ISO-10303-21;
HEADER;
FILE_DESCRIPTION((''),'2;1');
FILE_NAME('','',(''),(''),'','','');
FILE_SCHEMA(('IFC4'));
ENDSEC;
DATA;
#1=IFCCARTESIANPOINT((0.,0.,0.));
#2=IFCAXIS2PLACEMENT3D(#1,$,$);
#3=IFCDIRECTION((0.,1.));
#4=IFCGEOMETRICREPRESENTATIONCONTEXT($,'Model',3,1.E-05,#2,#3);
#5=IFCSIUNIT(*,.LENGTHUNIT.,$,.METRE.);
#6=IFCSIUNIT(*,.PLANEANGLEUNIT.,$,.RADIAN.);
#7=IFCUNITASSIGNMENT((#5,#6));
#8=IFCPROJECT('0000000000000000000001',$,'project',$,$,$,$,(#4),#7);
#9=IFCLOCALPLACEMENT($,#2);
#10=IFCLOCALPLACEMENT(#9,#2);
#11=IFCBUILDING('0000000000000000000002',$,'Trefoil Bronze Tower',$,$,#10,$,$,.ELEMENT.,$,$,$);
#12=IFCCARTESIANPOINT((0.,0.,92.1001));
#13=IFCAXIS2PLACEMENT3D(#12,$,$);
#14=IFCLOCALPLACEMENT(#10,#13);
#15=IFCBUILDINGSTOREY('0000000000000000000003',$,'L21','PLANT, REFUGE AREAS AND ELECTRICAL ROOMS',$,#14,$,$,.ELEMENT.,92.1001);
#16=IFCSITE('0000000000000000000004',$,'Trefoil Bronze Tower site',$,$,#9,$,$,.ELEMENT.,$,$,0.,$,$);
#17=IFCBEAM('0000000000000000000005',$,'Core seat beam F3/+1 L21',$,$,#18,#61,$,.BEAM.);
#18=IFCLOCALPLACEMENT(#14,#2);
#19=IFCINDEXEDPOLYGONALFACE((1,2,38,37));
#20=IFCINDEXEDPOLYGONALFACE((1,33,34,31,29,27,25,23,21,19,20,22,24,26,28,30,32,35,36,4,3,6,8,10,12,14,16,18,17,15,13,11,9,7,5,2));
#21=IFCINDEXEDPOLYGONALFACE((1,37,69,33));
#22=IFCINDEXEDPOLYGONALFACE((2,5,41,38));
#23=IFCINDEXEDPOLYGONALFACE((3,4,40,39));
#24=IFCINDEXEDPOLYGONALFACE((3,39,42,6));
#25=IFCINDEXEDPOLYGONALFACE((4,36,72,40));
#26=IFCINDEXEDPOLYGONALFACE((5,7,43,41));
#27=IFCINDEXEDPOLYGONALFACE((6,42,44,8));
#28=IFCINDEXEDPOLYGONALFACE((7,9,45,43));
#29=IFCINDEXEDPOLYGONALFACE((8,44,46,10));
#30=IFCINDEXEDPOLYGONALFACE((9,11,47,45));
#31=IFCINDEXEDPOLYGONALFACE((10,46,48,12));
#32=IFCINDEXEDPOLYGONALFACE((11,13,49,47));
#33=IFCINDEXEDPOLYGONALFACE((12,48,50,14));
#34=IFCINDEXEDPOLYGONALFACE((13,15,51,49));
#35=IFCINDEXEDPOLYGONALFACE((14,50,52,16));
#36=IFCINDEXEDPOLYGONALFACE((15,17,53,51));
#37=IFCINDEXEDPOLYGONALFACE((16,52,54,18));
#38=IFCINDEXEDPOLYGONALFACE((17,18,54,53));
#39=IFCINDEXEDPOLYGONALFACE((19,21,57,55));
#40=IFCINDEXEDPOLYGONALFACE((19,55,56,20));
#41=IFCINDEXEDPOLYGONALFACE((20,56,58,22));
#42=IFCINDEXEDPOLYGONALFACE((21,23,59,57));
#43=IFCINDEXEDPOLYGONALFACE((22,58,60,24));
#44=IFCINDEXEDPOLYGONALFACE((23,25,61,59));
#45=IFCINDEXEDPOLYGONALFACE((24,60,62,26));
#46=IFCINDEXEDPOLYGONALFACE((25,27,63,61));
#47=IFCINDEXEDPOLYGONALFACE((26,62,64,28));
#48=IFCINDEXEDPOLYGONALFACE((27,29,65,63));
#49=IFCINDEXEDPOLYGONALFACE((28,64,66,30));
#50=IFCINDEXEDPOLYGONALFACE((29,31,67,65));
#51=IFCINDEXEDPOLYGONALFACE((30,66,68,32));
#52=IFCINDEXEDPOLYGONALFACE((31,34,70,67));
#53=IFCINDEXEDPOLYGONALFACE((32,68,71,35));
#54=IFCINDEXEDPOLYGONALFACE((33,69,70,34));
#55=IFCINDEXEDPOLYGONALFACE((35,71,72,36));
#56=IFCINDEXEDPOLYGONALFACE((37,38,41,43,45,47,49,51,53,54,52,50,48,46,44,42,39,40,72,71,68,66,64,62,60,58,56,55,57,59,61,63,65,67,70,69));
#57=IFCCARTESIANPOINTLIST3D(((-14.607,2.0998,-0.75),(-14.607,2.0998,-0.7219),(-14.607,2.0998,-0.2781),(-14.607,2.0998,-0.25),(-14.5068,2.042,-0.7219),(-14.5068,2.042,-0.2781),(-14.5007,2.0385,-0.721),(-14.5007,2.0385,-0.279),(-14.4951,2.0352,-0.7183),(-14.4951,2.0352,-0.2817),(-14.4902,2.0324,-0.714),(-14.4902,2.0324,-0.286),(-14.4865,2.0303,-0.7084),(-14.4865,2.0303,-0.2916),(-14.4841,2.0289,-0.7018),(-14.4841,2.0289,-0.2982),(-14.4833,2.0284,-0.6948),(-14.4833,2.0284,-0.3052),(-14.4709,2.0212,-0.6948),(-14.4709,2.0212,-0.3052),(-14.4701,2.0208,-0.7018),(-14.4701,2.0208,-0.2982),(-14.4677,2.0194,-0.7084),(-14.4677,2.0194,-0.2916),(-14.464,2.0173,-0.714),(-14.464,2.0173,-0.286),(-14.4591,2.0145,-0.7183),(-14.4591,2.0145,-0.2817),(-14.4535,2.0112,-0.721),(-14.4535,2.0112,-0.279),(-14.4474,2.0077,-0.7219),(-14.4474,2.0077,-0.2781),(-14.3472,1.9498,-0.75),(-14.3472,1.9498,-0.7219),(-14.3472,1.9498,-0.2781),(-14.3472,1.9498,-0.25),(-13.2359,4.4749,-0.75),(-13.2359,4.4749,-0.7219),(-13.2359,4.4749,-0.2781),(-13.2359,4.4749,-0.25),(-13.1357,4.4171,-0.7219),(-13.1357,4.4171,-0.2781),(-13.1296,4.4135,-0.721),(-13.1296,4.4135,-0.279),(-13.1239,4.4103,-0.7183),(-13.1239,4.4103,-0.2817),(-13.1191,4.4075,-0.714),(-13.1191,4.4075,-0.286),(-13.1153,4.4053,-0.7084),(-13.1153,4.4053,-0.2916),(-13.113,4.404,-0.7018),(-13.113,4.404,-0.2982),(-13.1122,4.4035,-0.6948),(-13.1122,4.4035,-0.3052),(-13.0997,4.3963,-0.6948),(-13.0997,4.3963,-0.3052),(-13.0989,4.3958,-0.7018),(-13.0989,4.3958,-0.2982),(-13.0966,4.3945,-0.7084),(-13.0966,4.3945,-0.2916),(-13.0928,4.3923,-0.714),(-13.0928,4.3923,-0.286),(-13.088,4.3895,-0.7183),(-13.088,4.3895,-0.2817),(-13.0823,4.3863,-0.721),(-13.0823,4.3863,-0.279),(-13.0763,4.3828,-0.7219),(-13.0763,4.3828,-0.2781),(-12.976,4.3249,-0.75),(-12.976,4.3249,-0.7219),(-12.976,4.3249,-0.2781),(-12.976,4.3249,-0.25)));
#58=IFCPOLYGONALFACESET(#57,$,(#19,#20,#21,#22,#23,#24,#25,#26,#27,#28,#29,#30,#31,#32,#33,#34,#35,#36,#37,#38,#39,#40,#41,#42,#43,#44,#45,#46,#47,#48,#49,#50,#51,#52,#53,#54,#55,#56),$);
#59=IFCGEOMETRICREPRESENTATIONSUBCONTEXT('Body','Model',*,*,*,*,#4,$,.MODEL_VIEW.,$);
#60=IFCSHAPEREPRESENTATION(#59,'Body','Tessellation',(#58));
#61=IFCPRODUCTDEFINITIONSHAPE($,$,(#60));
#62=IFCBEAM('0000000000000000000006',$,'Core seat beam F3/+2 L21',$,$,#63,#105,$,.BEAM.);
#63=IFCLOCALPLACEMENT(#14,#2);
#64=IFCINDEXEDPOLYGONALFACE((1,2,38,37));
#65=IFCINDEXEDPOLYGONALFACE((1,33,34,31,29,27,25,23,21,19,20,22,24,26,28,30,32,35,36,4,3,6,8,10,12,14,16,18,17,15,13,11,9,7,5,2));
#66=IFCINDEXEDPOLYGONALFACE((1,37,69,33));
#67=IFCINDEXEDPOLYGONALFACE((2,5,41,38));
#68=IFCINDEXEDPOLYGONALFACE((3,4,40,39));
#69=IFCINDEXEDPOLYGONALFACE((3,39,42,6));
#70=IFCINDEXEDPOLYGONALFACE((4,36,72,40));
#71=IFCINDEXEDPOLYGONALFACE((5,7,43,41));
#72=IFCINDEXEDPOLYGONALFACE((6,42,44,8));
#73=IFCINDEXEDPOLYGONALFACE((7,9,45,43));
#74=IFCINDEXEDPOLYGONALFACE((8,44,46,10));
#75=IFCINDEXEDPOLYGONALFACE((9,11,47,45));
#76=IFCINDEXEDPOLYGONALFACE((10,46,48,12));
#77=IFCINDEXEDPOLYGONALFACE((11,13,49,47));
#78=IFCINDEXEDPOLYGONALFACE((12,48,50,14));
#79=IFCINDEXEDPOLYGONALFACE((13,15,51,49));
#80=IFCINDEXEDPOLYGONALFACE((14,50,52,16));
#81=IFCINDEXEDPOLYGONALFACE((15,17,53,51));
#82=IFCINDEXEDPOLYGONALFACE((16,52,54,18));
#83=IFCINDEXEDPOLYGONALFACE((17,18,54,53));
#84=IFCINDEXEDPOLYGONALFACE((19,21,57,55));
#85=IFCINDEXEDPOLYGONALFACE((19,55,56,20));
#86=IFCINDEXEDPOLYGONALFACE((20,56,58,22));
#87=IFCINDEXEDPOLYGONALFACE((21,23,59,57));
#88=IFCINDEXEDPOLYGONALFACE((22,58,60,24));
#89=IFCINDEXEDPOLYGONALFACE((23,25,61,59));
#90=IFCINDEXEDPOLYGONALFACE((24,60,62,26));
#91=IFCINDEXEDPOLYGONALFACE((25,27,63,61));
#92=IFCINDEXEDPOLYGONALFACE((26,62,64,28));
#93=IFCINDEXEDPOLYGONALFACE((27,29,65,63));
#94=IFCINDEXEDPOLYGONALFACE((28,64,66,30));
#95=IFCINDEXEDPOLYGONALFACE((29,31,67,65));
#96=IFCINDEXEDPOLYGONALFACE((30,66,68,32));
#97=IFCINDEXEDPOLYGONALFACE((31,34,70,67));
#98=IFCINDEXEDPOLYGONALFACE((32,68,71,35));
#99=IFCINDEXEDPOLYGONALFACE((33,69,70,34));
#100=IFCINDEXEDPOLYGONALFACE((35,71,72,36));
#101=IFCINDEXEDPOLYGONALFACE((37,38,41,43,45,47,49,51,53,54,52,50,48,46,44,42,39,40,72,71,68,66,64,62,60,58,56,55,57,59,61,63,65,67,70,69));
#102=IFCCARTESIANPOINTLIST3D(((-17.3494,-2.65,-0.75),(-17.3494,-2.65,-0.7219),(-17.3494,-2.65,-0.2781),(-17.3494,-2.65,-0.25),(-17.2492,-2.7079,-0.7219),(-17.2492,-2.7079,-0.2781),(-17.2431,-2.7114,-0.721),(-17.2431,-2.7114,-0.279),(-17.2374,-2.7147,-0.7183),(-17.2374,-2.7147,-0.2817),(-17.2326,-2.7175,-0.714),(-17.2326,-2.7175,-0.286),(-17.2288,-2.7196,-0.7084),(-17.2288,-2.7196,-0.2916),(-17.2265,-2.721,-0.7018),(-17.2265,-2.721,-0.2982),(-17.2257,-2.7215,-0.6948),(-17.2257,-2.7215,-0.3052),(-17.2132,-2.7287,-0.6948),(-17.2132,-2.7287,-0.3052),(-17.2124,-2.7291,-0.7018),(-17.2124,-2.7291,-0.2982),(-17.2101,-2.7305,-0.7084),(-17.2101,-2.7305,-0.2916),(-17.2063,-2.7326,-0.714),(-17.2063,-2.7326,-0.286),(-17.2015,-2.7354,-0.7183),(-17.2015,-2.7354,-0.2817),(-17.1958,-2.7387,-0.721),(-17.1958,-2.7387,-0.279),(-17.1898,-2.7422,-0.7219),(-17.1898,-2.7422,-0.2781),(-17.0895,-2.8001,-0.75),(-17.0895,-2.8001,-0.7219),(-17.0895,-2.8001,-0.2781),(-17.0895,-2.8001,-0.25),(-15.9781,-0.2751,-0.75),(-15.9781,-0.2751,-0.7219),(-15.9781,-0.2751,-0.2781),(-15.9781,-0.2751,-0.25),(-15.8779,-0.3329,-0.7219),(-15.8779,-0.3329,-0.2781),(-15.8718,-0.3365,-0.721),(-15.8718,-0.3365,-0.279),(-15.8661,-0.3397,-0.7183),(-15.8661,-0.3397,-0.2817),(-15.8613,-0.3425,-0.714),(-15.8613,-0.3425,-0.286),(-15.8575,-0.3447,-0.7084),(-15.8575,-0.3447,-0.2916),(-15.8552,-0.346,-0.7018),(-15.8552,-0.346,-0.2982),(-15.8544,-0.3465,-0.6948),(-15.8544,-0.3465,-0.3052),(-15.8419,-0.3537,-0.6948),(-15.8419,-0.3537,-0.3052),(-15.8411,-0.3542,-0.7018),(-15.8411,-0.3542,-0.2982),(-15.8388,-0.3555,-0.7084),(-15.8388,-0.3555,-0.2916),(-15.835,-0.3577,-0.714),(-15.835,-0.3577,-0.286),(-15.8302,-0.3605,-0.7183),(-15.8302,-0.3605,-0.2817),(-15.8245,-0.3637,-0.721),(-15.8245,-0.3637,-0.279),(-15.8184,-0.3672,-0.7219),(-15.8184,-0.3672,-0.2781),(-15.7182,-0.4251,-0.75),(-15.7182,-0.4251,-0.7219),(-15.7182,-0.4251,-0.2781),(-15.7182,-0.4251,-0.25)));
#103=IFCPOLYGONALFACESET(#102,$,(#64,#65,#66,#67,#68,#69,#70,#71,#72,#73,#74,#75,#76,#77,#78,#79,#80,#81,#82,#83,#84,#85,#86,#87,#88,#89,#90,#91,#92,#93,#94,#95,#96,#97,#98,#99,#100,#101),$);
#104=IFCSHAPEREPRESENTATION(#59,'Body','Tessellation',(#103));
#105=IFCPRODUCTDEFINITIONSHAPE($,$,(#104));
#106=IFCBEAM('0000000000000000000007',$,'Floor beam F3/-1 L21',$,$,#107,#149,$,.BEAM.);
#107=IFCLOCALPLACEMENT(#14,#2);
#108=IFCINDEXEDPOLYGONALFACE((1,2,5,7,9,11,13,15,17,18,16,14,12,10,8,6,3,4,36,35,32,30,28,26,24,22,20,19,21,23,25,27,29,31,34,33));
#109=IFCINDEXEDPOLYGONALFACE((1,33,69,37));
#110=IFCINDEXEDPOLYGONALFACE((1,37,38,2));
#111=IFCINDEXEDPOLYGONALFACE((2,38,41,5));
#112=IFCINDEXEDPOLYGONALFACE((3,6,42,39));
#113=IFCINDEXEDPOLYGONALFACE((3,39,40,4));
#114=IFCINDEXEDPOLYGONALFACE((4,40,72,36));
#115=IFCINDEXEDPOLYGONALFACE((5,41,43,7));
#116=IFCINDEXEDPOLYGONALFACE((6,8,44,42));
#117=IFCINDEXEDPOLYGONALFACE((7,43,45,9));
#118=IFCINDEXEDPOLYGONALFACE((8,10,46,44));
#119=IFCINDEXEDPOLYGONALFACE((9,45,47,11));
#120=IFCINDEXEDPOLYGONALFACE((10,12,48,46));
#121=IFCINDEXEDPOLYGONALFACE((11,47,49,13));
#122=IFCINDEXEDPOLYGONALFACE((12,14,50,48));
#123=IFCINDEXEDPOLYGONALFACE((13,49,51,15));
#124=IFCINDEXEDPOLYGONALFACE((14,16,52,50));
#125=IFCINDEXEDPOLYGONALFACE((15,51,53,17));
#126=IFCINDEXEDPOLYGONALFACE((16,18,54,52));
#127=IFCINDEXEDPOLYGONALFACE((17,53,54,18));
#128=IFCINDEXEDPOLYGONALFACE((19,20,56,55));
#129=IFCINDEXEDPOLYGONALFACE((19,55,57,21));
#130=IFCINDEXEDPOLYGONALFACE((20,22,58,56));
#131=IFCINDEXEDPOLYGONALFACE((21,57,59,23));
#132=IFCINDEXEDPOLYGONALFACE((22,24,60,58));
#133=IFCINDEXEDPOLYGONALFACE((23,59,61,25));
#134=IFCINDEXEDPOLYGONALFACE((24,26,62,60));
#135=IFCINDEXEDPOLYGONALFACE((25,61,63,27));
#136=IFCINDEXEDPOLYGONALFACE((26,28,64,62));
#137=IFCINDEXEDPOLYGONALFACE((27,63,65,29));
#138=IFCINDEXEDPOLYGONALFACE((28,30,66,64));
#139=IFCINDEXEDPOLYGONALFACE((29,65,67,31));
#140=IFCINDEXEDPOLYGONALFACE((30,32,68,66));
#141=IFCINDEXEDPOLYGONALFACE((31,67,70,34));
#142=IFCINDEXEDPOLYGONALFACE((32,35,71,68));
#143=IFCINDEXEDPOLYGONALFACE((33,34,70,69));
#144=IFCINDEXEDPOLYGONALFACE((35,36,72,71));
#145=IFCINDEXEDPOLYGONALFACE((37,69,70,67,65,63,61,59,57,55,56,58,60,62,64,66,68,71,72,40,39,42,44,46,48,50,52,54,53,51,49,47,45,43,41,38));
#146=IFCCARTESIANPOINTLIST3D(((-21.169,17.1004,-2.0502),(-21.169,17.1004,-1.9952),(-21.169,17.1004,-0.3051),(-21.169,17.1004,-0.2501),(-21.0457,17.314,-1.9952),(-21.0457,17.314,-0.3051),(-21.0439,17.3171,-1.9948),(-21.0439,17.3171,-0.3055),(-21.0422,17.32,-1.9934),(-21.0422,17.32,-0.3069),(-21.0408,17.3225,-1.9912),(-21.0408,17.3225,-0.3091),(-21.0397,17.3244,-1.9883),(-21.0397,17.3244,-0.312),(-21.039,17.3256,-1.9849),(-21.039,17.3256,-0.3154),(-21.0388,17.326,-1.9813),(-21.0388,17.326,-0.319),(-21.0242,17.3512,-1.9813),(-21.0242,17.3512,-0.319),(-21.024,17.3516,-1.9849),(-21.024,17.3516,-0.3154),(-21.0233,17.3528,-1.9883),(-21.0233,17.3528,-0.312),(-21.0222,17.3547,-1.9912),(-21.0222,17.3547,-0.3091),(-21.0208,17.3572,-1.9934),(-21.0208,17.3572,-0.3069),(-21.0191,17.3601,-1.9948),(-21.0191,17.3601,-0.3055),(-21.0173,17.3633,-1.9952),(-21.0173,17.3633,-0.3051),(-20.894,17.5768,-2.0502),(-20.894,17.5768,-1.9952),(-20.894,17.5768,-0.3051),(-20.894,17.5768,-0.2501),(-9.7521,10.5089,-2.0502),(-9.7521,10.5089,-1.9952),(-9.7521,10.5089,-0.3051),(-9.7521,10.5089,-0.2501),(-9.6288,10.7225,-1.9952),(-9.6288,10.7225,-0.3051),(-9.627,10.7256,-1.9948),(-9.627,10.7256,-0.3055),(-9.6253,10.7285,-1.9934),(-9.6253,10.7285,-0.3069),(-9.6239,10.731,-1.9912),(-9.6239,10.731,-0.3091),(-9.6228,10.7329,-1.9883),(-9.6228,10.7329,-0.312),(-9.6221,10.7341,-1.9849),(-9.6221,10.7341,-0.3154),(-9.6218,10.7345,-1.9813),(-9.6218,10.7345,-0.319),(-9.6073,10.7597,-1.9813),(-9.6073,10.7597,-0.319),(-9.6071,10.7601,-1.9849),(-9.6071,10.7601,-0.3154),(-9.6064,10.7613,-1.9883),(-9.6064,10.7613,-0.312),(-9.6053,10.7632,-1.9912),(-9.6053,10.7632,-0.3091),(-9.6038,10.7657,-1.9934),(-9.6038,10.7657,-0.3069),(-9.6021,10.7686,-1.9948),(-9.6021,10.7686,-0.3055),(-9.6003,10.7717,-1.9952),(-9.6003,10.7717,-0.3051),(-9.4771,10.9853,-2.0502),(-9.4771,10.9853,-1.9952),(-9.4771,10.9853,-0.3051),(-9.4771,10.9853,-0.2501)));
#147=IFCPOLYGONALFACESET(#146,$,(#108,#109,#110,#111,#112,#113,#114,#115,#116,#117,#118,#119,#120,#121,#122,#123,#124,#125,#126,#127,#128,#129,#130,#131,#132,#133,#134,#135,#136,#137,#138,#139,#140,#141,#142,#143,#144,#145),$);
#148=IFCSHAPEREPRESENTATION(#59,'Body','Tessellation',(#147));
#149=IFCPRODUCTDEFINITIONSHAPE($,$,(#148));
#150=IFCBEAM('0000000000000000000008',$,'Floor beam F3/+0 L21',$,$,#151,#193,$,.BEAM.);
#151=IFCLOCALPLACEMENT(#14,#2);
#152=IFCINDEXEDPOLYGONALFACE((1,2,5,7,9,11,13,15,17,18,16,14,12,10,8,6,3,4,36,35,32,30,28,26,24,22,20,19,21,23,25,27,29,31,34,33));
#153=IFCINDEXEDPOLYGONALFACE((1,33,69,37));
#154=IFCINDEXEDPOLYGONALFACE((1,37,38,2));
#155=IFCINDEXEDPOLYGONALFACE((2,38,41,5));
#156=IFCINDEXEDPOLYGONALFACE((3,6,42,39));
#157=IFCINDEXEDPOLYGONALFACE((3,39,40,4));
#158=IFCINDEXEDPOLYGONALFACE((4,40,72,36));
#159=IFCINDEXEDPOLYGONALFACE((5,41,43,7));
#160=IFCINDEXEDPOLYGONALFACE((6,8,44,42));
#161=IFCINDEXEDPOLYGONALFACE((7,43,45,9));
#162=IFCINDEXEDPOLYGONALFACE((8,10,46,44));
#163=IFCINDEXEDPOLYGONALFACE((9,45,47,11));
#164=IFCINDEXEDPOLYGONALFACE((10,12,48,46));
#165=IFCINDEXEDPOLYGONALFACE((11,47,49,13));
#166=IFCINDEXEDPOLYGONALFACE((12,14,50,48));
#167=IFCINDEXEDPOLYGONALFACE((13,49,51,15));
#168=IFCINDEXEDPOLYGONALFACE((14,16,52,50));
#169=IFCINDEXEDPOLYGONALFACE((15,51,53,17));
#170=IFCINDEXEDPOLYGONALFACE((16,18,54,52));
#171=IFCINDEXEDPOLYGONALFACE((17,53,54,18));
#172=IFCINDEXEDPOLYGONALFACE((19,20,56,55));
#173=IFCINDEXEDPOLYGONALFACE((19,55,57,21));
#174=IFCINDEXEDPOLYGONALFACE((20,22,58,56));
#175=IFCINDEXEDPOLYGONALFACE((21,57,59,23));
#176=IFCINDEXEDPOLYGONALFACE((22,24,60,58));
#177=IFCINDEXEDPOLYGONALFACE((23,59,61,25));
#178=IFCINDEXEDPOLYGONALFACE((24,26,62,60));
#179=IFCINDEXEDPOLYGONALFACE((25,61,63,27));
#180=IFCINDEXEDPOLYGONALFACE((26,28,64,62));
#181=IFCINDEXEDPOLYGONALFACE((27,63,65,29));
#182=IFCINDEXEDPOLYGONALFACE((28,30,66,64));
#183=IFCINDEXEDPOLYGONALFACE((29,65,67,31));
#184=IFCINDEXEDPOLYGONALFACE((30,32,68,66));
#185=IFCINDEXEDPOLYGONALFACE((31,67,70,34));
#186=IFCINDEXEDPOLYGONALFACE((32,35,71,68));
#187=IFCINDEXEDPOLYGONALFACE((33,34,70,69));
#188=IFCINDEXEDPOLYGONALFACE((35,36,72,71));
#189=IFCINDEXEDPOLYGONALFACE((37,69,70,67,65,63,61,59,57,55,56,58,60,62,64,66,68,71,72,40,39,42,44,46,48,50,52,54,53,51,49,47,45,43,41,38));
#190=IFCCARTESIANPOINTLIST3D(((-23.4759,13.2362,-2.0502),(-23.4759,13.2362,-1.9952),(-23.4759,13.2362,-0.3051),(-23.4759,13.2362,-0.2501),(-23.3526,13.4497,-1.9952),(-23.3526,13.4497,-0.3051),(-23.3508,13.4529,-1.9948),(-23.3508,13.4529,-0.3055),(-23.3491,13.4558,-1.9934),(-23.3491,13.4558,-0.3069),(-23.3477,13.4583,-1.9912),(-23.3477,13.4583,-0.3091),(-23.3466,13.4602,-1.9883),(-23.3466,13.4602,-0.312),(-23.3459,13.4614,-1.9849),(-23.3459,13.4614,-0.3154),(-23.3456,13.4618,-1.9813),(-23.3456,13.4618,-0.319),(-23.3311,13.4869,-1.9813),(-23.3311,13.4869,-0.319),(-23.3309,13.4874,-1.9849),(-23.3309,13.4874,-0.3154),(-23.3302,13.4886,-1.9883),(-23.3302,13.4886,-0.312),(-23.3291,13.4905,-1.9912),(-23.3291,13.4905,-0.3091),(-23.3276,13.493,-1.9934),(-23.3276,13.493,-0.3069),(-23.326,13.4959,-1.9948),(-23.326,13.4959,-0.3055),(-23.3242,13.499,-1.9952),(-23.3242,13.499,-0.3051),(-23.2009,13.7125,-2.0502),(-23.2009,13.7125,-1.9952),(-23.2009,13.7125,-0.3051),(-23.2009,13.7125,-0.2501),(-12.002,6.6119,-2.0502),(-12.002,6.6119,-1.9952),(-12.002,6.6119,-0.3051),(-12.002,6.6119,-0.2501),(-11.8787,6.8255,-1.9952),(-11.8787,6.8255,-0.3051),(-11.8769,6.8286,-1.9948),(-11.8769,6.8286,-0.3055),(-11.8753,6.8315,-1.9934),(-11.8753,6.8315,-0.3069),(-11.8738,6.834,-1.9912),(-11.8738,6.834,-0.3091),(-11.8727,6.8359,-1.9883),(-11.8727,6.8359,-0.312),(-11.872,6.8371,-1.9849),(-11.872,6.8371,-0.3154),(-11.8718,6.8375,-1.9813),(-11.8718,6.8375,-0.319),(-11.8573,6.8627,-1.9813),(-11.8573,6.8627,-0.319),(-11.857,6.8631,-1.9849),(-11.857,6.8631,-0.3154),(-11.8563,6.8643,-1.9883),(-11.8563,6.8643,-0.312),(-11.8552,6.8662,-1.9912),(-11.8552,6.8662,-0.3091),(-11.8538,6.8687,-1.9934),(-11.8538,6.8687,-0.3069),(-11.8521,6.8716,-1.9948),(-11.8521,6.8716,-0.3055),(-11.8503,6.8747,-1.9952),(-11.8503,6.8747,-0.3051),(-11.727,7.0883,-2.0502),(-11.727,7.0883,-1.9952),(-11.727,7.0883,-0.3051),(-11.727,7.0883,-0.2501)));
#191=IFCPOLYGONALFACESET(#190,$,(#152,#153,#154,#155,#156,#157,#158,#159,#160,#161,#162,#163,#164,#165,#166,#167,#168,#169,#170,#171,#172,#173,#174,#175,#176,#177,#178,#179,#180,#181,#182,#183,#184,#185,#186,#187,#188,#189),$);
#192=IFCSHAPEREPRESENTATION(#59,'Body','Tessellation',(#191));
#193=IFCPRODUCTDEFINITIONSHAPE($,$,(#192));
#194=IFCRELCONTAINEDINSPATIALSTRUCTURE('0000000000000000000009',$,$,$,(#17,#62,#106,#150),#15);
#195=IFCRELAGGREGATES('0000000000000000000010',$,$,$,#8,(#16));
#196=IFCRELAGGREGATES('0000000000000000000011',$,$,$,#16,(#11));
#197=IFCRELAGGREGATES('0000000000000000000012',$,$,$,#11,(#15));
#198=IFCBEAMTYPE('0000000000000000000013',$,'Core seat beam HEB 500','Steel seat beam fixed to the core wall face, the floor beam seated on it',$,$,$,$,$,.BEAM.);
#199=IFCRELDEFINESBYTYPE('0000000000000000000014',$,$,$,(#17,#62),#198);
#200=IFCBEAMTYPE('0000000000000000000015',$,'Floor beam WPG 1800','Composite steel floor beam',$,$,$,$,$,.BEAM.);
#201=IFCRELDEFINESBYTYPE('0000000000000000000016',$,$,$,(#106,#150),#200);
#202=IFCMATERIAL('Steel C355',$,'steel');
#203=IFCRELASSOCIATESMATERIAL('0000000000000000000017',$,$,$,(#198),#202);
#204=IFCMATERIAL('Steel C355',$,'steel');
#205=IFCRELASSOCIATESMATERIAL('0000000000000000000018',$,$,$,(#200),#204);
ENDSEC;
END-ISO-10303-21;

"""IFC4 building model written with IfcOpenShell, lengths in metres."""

from ifc_helpers import new_model, si_unit, direction, frame, origin, origin_2d, place, context, subcontext, project, spatial, i_section, extrude, material, material_profile, profile_set, type_object, element, save


model = new_model("IFC4")

# Units and contexts
model_context = context("Model", 3, precision=1e-05, world=origin(), true_north=direction((0.0, 1.0)))
body_context = subcontext(model_context, "Body", "Model", "MODEL_VIEW")
ifc_project = project(units=[si_unit("LENGTHUNIT", "METRE"), si_unit("PLANEANGLEUNIT", "RADIAN")], contexts=[model_context])

# Site, building, storey
site_placement = place(None, origin())
site = spatial("IfcSite", under=ifc_project, at=site_placement, Name="Trefoil Bronze Tower site", CompositionType="ELEMENT", RefElevation=0.0)
building_placement = place(site_placement, origin())
building = spatial("IfcBuilding", under=site, at=building_placement, Name="Trefoil Bronze Tower", CompositionType="ELEMENT")
storey_placement = place(building_placement, frame((0.0, 0.0, 92.1001)))
storey = spatial("IfcBuildingStorey", under=building, at=storey_placement, Name="L21", Description="PLANT, REFUGE AREAS AND ELECTRICAL ROOMS", CompositionType="ELEMENT", Elevation=92.1001)

# Beams
ifc_material_1 = material(Name="Steel C355", Category="steel")
ifc_material_profile_1 = material_profile(ifc_material_1, i_section(OverallWidth=0.3, OverallDepth=0.5, WebThickness=0.0144, FlangeThickness=0.0281, FilletRadius=0.0271, at=origin_2d()), Name="HEB 500")
ifc_profile_set_1 = profile_set([ifc_material_profile_1], Name="Steel C355")
beam_type_1 = type_object("IfcBeamType", Name="Core seat beam HEB 500", Description="Steel seat beam fixed to the core wall face, the floor beam seated on it", PredefinedType="BEAM", material=ifc_profile_set_1)
for number, where, z_axis, x_axis, name in (
    (1, (-13.106, 4.3999, -0.5), (-0.499969, -0.866043, 0.0), (0.866043, -0.499969, 0.0), "Core seat beam F3/+1 L21"),
    (2, (-15.8481, -0.3501, -0.5), (-0.500036, -0.866005, 0.0), (0.866005, -0.500036, 0.0), "Core seat beam F3/+2 L21"),
):
    element("IfcBeam", number, at=place(storey_placement, frame(where, z_axis=z_axis, x_axis=x_axis)), inside=storey, type_object=beam_type_1, Name=name, PredefinedType="BEAM", context=body_context, shape_type="SweptSolid", body=[
        extrude(i_section(OverallWidth=0.3, OverallDepth=0.5, WebThickness=0.0144, FlangeThickness=0.0281, FilletRadius=0.0271, at=origin_2d()), origin(), (0.0, 0.0, 1.0), 2.7424),
    ])
ifc_material_2 = material(Name="Steel C355", Category="steel")
ifc_material_profile_2 = material_profile(ifc_material_2, i_section(OverallWidth=0.55, OverallDepth=1.8, WebThickness=0.0291, FlangeThickness=0.0549, FilletRadius=0.0139, at=origin_2d()), Name="WPG 1800")
ifc_profile_set_2 = profile_set([ifc_material_profile_2], Name="Steel C355")
beam_type_2 = type_object("IfcBeamType", Name="Floor beam WPG 1800", Description="Composite steel floor beam", PredefinedType="BEAM", material=ifc_profile_set_2)
beam_1_placement = place(storey_placement, frame((-21.0315, 17.3386, -1.1501), z_axis=(0.866027, -0.499997, 0.0), x_axis=(0.499997, 0.866027, 0.0)))
element("IfcBeam", 3, at=beam_1_placement, inside=storey, type_object=beam_type_2, Name="Floor beam F3/-1 L21", PredefinedType="BEAM", context=body_context, shape_type="SweptSolid", body=[
    extrude(i_section(OverallWidth=0.55, OverallDepth=1.8, WebThickness=0.0291, FlangeThickness=0.0549, FilletRadius=0.0139, at=origin_2d()), origin(), (0.0, 0.0, 1.0), 13.1831),
])
beam_2_placement = place(storey_placement, frame((-23.3384, 13.4744, -1.1501), z_axis=(0.866031, -0.49999, 0.0), x_axis=(0.49999, 0.866031, 0.0)))
element("IfcBeam", 4, at=beam_2_placement, inside=storey, type_object=beam_type_2, Name="Floor beam F3/+0 L21", PredefinedType="BEAM", context=body_context, shape_type="SweptSolid", body=[
    extrude(i_section(OverallWidth=0.55, OverallDepth=1.8, WebThickness=0.0291, FlangeThickness=0.0549, FilletRadius=0.0139, at=origin_2d()), origin(), (0.0, 0.0, 1.0), 13.2488),
])

save(model, "model.ifc")
